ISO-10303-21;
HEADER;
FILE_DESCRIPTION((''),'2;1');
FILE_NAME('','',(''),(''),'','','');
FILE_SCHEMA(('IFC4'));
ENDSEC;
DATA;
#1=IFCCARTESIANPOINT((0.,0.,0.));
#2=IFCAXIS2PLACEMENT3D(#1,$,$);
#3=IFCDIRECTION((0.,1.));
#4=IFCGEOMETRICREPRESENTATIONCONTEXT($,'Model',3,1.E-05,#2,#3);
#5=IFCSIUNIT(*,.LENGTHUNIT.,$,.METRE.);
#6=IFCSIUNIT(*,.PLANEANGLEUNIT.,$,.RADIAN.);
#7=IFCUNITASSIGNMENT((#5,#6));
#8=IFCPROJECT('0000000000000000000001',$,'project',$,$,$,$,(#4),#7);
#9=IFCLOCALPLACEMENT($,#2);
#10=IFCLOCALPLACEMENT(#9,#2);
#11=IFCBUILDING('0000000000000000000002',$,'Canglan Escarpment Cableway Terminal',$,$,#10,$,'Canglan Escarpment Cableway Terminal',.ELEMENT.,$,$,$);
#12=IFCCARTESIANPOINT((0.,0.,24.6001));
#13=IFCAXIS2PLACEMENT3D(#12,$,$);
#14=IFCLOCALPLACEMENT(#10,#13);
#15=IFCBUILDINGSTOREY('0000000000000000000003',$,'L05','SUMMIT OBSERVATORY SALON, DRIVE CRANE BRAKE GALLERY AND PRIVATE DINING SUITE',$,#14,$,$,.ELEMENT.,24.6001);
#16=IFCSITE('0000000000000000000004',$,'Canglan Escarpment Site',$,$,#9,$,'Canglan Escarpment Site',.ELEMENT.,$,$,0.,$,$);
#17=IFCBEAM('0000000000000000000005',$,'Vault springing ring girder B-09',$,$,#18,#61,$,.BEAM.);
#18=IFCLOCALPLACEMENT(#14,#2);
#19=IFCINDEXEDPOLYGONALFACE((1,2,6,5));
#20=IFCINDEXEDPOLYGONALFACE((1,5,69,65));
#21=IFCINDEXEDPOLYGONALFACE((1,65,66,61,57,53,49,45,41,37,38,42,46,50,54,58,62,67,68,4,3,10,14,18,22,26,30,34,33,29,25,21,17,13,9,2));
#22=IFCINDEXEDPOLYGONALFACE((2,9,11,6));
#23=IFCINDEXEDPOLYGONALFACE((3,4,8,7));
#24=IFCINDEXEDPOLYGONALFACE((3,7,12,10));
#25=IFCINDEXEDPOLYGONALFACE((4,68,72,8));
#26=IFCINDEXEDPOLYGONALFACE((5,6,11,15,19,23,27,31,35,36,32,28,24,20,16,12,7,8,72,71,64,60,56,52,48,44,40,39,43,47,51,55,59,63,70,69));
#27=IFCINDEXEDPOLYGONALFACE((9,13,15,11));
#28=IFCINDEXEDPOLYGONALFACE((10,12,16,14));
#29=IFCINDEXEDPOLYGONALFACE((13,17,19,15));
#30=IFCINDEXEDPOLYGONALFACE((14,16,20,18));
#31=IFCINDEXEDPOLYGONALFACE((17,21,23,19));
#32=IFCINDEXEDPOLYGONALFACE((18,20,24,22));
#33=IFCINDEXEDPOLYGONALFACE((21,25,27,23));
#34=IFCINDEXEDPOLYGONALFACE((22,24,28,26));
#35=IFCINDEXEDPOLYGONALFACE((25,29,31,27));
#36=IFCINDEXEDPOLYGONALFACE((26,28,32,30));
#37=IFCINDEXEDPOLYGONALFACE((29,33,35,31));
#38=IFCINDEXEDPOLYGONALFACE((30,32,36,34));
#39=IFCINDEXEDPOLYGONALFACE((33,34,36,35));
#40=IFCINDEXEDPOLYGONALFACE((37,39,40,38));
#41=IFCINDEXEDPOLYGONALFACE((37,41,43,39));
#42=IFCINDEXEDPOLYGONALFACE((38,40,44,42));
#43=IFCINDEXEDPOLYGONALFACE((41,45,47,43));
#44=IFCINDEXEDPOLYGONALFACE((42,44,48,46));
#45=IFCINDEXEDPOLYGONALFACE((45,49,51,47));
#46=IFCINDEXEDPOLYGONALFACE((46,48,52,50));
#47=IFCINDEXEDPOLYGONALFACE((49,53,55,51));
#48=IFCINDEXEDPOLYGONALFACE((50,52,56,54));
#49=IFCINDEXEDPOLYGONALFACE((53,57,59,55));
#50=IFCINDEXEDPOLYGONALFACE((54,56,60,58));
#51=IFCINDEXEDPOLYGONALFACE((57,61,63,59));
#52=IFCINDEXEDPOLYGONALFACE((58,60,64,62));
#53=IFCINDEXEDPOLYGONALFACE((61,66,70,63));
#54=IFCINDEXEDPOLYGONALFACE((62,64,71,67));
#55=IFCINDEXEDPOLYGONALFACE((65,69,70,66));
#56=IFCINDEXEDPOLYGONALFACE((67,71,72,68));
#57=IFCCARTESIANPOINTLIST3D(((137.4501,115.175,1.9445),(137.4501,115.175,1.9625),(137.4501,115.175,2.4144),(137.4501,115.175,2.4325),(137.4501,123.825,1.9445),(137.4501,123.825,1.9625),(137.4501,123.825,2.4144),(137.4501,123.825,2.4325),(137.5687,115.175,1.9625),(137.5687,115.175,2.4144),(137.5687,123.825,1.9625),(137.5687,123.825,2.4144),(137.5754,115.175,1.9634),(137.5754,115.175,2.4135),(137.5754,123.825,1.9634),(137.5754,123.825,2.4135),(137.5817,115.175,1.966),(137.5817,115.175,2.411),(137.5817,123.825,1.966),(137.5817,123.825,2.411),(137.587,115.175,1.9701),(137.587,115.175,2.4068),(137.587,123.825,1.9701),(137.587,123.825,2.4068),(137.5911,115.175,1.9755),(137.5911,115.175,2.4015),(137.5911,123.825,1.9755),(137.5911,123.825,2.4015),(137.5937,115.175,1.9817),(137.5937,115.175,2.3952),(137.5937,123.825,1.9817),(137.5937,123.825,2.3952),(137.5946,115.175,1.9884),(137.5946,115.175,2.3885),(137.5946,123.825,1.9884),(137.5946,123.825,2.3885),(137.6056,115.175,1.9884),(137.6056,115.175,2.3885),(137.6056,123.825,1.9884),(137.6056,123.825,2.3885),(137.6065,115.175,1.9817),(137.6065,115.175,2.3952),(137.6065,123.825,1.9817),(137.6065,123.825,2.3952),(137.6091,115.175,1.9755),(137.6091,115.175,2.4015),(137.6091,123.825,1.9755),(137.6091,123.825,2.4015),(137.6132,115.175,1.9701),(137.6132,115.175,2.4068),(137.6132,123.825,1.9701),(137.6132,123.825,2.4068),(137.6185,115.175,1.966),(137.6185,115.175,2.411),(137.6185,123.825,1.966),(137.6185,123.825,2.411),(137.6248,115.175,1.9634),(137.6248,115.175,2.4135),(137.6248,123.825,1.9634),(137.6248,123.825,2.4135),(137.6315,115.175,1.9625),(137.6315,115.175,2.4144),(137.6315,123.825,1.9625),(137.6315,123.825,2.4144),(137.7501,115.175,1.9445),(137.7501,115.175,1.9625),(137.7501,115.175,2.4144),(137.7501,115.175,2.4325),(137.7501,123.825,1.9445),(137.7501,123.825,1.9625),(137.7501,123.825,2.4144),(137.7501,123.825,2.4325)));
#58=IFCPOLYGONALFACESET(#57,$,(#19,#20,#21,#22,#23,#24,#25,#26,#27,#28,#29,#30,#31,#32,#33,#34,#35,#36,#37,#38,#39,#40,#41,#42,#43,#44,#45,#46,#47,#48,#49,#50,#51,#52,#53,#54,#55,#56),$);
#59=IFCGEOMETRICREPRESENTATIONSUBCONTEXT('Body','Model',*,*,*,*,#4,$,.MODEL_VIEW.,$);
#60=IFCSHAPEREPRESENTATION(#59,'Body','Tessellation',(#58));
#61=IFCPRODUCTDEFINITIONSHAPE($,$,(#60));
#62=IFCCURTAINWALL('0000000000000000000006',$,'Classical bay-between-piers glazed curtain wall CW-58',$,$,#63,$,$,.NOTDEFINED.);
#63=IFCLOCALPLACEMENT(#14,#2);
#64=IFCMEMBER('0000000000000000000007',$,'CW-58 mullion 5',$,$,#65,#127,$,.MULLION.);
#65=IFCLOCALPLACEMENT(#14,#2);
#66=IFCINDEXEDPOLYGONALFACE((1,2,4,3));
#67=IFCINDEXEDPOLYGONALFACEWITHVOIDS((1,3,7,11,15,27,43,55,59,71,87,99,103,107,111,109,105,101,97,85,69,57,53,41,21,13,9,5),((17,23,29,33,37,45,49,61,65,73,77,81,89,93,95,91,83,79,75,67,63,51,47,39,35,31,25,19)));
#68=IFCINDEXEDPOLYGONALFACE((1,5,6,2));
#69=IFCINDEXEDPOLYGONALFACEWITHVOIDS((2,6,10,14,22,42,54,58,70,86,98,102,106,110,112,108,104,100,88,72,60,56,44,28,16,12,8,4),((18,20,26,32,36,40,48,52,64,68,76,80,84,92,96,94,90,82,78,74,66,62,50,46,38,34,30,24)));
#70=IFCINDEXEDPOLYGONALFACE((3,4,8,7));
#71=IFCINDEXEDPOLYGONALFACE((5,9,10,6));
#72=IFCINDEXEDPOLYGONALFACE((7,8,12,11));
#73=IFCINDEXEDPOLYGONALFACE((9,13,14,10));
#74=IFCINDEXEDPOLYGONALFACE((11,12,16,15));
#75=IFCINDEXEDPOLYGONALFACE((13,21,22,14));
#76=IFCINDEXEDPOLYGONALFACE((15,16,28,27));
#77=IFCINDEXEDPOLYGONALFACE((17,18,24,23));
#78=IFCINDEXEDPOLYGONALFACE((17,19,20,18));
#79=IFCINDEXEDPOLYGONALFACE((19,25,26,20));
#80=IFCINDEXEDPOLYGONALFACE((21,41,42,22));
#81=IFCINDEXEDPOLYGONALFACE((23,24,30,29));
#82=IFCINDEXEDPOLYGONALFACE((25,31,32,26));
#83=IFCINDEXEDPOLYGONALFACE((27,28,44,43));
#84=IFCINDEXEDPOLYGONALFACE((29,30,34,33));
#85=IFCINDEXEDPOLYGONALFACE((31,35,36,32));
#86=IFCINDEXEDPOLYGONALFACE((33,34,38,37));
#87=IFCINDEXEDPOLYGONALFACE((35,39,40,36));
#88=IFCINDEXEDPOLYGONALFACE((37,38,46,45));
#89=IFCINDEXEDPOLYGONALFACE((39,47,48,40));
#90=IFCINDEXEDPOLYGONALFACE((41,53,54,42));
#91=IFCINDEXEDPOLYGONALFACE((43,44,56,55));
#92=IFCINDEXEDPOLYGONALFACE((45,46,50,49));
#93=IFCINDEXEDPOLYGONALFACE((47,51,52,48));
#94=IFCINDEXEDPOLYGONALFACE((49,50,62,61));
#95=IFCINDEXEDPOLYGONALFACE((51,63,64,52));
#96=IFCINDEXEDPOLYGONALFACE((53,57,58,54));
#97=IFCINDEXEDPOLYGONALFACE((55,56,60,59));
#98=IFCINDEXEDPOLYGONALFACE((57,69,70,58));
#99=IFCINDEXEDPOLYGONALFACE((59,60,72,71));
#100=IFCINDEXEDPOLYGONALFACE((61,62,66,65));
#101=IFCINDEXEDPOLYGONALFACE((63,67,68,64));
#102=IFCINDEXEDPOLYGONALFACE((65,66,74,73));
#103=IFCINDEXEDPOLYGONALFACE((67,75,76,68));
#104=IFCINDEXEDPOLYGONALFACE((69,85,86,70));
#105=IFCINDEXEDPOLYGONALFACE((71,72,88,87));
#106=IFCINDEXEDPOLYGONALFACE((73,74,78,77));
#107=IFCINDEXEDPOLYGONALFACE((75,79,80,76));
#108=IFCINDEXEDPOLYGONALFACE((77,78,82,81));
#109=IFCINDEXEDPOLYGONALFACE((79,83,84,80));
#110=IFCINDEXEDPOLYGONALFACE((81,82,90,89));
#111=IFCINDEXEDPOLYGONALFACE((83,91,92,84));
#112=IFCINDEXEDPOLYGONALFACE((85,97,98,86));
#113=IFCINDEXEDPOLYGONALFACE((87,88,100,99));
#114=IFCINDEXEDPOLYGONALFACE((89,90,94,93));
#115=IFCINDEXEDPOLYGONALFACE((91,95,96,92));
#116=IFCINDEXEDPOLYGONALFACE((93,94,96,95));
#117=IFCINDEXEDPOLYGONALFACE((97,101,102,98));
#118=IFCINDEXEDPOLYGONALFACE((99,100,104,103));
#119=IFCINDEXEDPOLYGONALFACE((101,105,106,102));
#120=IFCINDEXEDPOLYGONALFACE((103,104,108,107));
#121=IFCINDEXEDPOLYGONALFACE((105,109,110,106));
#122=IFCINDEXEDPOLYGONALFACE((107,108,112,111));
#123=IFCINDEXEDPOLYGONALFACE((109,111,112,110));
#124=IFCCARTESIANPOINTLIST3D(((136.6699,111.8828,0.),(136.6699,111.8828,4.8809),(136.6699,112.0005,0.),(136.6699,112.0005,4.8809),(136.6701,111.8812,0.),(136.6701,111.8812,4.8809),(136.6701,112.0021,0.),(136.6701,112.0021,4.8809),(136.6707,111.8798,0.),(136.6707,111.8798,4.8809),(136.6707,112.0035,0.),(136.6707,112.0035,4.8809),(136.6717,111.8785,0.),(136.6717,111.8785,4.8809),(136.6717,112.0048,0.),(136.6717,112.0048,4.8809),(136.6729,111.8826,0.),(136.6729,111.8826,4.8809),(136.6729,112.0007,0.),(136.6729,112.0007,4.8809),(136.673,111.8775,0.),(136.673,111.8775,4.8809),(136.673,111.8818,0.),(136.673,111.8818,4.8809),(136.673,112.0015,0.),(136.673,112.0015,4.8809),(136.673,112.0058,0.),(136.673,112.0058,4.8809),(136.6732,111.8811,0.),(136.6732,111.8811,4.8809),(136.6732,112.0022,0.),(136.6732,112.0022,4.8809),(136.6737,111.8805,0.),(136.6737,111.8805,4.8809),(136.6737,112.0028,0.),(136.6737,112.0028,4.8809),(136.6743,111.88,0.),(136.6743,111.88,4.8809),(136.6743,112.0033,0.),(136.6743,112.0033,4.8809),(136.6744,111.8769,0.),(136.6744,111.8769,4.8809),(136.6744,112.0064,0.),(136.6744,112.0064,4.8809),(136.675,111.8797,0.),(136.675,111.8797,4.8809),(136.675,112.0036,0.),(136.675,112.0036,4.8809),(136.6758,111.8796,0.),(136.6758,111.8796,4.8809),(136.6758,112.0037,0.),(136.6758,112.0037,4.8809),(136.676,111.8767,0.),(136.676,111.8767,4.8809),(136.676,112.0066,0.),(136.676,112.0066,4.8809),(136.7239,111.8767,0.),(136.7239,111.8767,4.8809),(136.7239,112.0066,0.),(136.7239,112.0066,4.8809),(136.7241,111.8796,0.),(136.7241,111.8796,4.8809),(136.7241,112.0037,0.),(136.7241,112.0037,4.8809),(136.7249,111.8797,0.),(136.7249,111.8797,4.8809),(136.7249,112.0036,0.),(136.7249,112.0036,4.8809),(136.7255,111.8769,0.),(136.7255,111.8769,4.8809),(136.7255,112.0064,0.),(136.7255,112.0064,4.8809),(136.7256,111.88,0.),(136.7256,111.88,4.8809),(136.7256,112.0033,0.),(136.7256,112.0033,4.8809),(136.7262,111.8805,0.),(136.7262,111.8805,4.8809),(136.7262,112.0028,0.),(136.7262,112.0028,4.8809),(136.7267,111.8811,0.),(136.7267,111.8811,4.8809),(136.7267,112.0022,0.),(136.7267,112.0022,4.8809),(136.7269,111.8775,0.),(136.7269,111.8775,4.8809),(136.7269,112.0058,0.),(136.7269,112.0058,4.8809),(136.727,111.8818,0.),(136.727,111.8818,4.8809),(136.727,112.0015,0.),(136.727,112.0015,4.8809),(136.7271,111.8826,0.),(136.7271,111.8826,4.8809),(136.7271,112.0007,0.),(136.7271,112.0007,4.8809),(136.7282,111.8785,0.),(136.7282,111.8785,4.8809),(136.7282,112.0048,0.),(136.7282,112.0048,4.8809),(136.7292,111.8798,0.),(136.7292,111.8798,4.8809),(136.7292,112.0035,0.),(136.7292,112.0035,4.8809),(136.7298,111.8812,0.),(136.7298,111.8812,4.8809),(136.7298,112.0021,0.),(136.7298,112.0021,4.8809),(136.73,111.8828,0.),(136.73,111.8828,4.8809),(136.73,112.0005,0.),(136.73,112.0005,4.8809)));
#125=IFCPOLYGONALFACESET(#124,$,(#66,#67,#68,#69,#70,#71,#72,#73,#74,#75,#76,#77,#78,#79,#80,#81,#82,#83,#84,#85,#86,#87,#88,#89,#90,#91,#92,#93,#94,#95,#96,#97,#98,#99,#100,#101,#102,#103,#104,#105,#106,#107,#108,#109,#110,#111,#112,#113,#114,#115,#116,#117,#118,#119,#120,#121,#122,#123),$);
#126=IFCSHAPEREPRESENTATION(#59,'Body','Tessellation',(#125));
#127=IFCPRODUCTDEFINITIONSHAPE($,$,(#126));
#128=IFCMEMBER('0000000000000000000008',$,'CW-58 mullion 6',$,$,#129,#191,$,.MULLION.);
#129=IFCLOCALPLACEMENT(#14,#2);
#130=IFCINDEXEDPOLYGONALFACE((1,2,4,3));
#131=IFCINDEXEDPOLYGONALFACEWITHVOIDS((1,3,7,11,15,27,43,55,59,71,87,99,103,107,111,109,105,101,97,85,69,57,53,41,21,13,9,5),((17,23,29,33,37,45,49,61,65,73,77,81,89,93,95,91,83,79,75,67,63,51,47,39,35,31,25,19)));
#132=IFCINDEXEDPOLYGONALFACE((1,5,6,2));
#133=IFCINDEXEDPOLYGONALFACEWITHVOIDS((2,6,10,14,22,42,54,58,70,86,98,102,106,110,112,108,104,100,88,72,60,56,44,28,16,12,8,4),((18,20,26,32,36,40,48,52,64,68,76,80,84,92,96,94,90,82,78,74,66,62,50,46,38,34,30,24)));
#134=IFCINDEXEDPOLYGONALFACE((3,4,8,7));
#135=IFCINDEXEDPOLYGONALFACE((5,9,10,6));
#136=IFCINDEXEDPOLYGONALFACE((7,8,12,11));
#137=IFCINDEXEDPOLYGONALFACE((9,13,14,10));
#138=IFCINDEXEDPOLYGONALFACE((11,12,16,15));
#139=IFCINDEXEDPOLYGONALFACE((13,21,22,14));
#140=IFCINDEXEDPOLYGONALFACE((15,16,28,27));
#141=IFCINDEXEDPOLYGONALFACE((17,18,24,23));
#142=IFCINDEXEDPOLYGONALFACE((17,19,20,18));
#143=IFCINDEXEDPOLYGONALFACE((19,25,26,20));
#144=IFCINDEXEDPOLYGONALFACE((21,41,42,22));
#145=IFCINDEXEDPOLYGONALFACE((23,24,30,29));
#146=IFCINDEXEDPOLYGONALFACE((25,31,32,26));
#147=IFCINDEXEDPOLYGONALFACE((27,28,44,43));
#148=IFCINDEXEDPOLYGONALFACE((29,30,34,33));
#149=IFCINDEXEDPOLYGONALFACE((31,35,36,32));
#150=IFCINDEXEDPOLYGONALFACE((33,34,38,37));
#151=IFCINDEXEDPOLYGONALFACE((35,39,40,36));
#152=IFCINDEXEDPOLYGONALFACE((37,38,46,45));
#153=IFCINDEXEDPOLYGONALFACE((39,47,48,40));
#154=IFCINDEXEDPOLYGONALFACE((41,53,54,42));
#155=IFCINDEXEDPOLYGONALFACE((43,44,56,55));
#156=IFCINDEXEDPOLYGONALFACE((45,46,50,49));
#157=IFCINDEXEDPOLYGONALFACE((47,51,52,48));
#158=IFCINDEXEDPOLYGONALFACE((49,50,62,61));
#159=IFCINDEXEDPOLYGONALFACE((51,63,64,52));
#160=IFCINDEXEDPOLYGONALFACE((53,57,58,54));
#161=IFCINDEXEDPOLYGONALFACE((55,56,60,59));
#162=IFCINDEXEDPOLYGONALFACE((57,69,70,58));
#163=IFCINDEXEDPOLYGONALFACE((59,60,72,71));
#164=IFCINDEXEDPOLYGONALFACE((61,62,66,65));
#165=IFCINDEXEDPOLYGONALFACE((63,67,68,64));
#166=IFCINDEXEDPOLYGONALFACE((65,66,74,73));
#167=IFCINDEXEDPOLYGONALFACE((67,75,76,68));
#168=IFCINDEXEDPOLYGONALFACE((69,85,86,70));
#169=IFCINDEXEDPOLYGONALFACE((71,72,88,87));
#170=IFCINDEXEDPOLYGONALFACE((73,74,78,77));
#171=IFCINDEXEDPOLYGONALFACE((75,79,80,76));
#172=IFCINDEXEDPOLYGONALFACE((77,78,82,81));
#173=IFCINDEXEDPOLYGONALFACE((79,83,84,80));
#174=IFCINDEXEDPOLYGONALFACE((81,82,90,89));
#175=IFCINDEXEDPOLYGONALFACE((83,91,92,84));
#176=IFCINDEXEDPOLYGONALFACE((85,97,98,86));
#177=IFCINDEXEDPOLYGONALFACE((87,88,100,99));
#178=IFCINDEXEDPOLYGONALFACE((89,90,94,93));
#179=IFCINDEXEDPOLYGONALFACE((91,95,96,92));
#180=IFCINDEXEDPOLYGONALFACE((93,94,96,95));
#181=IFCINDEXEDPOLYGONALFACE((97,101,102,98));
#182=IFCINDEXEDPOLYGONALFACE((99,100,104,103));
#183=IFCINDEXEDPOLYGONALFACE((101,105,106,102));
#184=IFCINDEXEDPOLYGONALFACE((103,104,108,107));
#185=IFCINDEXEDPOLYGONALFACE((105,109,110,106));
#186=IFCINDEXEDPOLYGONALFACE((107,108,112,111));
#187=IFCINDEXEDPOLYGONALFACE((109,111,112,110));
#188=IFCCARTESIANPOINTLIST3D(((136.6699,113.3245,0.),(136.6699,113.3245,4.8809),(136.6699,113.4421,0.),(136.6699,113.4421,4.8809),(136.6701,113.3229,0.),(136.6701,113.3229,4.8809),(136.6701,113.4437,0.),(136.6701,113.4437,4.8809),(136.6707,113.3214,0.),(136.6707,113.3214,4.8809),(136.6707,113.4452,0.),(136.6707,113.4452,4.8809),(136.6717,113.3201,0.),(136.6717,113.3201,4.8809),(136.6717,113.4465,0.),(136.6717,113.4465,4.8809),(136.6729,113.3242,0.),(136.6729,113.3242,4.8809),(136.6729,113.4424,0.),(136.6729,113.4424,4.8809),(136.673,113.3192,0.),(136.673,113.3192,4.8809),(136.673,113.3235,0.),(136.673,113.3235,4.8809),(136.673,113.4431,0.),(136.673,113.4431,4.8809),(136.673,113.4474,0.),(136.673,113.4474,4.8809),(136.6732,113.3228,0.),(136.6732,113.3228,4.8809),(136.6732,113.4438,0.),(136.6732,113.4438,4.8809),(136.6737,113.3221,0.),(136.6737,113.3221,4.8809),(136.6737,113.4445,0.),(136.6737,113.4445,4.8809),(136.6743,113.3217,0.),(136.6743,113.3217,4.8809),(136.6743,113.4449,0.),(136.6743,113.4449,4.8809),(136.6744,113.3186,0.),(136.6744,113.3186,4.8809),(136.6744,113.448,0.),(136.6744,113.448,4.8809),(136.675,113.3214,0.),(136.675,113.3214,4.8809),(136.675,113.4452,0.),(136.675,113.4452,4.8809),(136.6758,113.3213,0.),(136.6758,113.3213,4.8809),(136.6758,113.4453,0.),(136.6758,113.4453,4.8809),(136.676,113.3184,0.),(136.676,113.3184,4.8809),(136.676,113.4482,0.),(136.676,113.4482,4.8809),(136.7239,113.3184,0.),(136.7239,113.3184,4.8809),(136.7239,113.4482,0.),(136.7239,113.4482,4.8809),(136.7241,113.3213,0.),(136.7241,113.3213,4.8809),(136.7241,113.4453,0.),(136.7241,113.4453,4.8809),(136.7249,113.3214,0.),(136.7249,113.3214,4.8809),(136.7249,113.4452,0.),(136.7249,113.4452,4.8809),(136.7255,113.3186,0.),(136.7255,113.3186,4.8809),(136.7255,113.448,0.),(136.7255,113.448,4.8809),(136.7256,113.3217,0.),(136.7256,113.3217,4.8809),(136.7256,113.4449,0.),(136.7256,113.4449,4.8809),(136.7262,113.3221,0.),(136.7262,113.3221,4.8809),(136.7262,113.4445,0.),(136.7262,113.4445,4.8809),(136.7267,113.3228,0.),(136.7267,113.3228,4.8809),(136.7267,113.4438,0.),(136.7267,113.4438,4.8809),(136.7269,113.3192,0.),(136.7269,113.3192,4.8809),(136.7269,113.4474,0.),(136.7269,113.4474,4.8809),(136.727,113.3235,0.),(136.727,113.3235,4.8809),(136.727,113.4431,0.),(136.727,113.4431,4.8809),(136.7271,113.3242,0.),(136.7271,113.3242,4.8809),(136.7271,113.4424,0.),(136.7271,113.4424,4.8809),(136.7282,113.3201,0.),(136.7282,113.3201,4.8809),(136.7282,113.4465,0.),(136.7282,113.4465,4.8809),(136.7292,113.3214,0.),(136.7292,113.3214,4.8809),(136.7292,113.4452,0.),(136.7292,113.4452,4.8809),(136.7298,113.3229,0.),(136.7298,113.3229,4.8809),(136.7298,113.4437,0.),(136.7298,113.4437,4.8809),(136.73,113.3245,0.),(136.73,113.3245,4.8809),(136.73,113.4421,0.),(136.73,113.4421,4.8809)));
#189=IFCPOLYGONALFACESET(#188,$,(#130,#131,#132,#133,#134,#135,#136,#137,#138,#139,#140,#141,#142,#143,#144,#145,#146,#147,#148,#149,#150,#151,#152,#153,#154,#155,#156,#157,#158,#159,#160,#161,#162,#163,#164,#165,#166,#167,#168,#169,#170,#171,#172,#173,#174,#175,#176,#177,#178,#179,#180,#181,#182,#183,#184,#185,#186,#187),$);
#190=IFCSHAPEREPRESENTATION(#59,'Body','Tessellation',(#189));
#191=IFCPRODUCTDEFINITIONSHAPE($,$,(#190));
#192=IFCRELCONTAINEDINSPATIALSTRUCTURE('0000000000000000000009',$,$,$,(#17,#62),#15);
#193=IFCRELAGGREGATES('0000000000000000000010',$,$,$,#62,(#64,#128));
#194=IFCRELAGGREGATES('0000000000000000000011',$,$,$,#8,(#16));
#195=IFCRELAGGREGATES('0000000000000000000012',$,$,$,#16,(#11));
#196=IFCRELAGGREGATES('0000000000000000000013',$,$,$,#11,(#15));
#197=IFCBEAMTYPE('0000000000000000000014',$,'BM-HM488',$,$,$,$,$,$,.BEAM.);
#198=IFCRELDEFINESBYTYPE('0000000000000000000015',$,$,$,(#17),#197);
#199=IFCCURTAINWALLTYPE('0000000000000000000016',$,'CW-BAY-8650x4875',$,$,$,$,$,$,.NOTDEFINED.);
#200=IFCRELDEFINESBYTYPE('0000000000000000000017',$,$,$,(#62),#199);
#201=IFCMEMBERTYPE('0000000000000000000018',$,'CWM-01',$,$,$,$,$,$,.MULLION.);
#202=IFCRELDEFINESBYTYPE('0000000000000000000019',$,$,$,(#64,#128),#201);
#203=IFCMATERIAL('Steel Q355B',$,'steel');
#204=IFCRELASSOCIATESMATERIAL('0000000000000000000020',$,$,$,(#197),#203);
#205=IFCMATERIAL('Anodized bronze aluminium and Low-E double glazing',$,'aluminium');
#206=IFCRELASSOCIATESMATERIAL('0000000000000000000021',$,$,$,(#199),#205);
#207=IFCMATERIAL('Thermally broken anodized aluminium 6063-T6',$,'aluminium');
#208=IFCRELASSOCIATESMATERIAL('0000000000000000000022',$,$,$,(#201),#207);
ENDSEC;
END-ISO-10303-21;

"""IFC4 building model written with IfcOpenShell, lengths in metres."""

from ifc_helpers import new_model, si_unit, direction, frame, origin, origin_2d, place, context, subcontext, project, spatial, hollow_rectangle, i_section, extrude, material, material_profile, profile_set, type_object, element, aggregate, save


model = new_model("IFC4")

# Units and contexts
model_context = context("Model", 3, precision=1e-05, world=origin(), true_north=direction((0.0, 1.0)))
body_context = subcontext(model_context, "Body", "Model", "MODEL_VIEW")
ifc_project = project(units=[si_unit("LENGTHUNIT", "METRE"), si_unit("PLANEANGLEUNIT", "RADIAN")], contexts=[model_context])

# Site, building, storey
site_placement = place(None, origin())
site = spatial("IfcSite", under=ifc_project, at=site_placement, Name="Canglan Escarpment Site", LongName="Canglan Escarpment Site", CompositionType="ELEMENT", RefElevation=0.0)
building_placement = place(site_placement, origin())
building = spatial("IfcBuilding", under=site, at=building_placement, Name="Canglan Escarpment Cableway Terminal", LongName="Canglan Escarpment Cableway Terminal", CompositionType="ELEMENT")
storey_placement = place(building_placement, frame((0.0, 0.0, 24.6001)))
storey = spatial("IfcBuildingStorey", under=building, at=storey_placement, Name="L05", Description="SUMMIT OBSERVATORY SALON, DRIVE CRANE BRAKE GALLERY AND PRIVATE DINING SUITE", CompositionType="ELEMENT", Elevation=24.6001)

# Beam
ifc_material_1 = material(Name="Steel Q355B", Category="steel")
ifc_material_profile_1 = material_profile(ifc_material_1, i_section(OverallWidth=0.3, OverallDepth=0.488, WebThickness=0.011, FlangeThickness=0.0181, FilletRadius=0.0259, at=origin_2d()), Name="HM 488x300x11x18")
ifc_profile_set_1 = profile_set([ifc_material_profile_1], Name="Steel Q355B")
beam_type_1 = type_object("IfcBeamType", Name="BM-HM488", PredefinedType="BEAM", material=ifc_profile_set_1)
beam_placement = place(storey_placement, frame((137.6001, 115.175, 2.1885), z_axis=(0.0, 1.0, 0.0), x_axis=(-1.0, 0.0, 0.0)))
element("IfcBeam", 1, at=beam_placement, inside=storey, type_object=beam_type_1, Name="Vault springing ring girder B-09", PredefinedType="BEAM", context=body_context, shape_type="SweptSolid", body=[
    extrude(i_section(OverallWidth=0.3, OverallDepth=0.488, WebThickness=0.011, FlangeThickness=0.0181, FilletRadius=0.0259, at=origin_2d()), origin(), (0.0, 0.0, 1.0), 8.6499),
])

# Curtain wall, members
ifc_material_2 = material(Name="Anodized bronze aluminium and Low-E double glazing", Category="aluminium")
curtain_wall_type = type_object("IfcCurtainWallType", Name="CW-BAY-8650x4875", PredefinedType="NOTDEFINED", material=ifc_material_2)
curtain_wall_placement = place(storey_placement, origin())
curtain_wall = element("IfcCurtainWall", 2, at=curtain_wall_placement, inside=storey, type_object=curtain_wall_type, Name="Classical bay-between-piers glazed curtain wall CW-58", PredefinedType="NOTDEFINED")
ifc_material_3 = material(Name="Thermally broken anodized aluminium 6063-T6", Category="aluminium")
ifc_material_profile_2 = material_profile(ifc_material_3, hollow_rectangle(XDim=0.0601, YDim=0.1299, WallThickness=0.0029, InnerFilletRadius=0.0029, OuterFilletRadius=0.0061, at=origin_2d()), Name="ALU-MULL 60x130x3")
ifc_profile_set_2 = profile_set([ifc_material_profile_2], Name="Thermally broken anodized aluminium 6063-T6")
member_type_1 = type_object("IfcMemberType", Name="CWM-01", PredefinedType="MULLION", material=ifc_profile_set_2)
member_1_placement = place(storey_placement, frame((136.7, 111.9417, 0.0), z_axis=(0.0, 0.0, 1.0), x_axis=(-1.0, 0.0, 0.0)))
member_1 = element("IfcMember", 3, at=member_1_placement, type_object=member_type_1, Name="CW-58 mullion 5", PredefinedType="MULLION", context=body_context, shape_type="SweptSolid", body=[
    extrude(hollow_rectangle(XDim=0.0601, YDim=0.1299, WallThickness=0.0029, InnerFilletRadius=0.0029, OuterFilletRadius=0.0061, at=origin_2d()), origin(), (0.0, 0.0, 1.0), 4.8809),
])
member_2_placement = place(storey_placement, frame((136.7, 113.3833, 0.0), z_axis=(0.0, 0.0, 1.0), x_axis=(-1.0, 0.0, 0.0)))
member_2 = element("IfcMember", 4, at=member_2_placement, type_object=member_type_1, Name="CW-58 mullion 6", PredefinedType="MULLION", context=body_context, shape_type="SweptSolid", body=[
    extrude(hollow_rectangle(XDim=0.0601, YDim=0.1299, WallThickness=0.0029, InnerFilletRadius=0.0029, OuterFilletRadius=0.0061, at=origin_2d()), origin(), (0.0, 0.0, 1.0), 4.8809),
])

aggregate(curtain_wall, [member_1, member_2])

save(model, "model.ifc")
